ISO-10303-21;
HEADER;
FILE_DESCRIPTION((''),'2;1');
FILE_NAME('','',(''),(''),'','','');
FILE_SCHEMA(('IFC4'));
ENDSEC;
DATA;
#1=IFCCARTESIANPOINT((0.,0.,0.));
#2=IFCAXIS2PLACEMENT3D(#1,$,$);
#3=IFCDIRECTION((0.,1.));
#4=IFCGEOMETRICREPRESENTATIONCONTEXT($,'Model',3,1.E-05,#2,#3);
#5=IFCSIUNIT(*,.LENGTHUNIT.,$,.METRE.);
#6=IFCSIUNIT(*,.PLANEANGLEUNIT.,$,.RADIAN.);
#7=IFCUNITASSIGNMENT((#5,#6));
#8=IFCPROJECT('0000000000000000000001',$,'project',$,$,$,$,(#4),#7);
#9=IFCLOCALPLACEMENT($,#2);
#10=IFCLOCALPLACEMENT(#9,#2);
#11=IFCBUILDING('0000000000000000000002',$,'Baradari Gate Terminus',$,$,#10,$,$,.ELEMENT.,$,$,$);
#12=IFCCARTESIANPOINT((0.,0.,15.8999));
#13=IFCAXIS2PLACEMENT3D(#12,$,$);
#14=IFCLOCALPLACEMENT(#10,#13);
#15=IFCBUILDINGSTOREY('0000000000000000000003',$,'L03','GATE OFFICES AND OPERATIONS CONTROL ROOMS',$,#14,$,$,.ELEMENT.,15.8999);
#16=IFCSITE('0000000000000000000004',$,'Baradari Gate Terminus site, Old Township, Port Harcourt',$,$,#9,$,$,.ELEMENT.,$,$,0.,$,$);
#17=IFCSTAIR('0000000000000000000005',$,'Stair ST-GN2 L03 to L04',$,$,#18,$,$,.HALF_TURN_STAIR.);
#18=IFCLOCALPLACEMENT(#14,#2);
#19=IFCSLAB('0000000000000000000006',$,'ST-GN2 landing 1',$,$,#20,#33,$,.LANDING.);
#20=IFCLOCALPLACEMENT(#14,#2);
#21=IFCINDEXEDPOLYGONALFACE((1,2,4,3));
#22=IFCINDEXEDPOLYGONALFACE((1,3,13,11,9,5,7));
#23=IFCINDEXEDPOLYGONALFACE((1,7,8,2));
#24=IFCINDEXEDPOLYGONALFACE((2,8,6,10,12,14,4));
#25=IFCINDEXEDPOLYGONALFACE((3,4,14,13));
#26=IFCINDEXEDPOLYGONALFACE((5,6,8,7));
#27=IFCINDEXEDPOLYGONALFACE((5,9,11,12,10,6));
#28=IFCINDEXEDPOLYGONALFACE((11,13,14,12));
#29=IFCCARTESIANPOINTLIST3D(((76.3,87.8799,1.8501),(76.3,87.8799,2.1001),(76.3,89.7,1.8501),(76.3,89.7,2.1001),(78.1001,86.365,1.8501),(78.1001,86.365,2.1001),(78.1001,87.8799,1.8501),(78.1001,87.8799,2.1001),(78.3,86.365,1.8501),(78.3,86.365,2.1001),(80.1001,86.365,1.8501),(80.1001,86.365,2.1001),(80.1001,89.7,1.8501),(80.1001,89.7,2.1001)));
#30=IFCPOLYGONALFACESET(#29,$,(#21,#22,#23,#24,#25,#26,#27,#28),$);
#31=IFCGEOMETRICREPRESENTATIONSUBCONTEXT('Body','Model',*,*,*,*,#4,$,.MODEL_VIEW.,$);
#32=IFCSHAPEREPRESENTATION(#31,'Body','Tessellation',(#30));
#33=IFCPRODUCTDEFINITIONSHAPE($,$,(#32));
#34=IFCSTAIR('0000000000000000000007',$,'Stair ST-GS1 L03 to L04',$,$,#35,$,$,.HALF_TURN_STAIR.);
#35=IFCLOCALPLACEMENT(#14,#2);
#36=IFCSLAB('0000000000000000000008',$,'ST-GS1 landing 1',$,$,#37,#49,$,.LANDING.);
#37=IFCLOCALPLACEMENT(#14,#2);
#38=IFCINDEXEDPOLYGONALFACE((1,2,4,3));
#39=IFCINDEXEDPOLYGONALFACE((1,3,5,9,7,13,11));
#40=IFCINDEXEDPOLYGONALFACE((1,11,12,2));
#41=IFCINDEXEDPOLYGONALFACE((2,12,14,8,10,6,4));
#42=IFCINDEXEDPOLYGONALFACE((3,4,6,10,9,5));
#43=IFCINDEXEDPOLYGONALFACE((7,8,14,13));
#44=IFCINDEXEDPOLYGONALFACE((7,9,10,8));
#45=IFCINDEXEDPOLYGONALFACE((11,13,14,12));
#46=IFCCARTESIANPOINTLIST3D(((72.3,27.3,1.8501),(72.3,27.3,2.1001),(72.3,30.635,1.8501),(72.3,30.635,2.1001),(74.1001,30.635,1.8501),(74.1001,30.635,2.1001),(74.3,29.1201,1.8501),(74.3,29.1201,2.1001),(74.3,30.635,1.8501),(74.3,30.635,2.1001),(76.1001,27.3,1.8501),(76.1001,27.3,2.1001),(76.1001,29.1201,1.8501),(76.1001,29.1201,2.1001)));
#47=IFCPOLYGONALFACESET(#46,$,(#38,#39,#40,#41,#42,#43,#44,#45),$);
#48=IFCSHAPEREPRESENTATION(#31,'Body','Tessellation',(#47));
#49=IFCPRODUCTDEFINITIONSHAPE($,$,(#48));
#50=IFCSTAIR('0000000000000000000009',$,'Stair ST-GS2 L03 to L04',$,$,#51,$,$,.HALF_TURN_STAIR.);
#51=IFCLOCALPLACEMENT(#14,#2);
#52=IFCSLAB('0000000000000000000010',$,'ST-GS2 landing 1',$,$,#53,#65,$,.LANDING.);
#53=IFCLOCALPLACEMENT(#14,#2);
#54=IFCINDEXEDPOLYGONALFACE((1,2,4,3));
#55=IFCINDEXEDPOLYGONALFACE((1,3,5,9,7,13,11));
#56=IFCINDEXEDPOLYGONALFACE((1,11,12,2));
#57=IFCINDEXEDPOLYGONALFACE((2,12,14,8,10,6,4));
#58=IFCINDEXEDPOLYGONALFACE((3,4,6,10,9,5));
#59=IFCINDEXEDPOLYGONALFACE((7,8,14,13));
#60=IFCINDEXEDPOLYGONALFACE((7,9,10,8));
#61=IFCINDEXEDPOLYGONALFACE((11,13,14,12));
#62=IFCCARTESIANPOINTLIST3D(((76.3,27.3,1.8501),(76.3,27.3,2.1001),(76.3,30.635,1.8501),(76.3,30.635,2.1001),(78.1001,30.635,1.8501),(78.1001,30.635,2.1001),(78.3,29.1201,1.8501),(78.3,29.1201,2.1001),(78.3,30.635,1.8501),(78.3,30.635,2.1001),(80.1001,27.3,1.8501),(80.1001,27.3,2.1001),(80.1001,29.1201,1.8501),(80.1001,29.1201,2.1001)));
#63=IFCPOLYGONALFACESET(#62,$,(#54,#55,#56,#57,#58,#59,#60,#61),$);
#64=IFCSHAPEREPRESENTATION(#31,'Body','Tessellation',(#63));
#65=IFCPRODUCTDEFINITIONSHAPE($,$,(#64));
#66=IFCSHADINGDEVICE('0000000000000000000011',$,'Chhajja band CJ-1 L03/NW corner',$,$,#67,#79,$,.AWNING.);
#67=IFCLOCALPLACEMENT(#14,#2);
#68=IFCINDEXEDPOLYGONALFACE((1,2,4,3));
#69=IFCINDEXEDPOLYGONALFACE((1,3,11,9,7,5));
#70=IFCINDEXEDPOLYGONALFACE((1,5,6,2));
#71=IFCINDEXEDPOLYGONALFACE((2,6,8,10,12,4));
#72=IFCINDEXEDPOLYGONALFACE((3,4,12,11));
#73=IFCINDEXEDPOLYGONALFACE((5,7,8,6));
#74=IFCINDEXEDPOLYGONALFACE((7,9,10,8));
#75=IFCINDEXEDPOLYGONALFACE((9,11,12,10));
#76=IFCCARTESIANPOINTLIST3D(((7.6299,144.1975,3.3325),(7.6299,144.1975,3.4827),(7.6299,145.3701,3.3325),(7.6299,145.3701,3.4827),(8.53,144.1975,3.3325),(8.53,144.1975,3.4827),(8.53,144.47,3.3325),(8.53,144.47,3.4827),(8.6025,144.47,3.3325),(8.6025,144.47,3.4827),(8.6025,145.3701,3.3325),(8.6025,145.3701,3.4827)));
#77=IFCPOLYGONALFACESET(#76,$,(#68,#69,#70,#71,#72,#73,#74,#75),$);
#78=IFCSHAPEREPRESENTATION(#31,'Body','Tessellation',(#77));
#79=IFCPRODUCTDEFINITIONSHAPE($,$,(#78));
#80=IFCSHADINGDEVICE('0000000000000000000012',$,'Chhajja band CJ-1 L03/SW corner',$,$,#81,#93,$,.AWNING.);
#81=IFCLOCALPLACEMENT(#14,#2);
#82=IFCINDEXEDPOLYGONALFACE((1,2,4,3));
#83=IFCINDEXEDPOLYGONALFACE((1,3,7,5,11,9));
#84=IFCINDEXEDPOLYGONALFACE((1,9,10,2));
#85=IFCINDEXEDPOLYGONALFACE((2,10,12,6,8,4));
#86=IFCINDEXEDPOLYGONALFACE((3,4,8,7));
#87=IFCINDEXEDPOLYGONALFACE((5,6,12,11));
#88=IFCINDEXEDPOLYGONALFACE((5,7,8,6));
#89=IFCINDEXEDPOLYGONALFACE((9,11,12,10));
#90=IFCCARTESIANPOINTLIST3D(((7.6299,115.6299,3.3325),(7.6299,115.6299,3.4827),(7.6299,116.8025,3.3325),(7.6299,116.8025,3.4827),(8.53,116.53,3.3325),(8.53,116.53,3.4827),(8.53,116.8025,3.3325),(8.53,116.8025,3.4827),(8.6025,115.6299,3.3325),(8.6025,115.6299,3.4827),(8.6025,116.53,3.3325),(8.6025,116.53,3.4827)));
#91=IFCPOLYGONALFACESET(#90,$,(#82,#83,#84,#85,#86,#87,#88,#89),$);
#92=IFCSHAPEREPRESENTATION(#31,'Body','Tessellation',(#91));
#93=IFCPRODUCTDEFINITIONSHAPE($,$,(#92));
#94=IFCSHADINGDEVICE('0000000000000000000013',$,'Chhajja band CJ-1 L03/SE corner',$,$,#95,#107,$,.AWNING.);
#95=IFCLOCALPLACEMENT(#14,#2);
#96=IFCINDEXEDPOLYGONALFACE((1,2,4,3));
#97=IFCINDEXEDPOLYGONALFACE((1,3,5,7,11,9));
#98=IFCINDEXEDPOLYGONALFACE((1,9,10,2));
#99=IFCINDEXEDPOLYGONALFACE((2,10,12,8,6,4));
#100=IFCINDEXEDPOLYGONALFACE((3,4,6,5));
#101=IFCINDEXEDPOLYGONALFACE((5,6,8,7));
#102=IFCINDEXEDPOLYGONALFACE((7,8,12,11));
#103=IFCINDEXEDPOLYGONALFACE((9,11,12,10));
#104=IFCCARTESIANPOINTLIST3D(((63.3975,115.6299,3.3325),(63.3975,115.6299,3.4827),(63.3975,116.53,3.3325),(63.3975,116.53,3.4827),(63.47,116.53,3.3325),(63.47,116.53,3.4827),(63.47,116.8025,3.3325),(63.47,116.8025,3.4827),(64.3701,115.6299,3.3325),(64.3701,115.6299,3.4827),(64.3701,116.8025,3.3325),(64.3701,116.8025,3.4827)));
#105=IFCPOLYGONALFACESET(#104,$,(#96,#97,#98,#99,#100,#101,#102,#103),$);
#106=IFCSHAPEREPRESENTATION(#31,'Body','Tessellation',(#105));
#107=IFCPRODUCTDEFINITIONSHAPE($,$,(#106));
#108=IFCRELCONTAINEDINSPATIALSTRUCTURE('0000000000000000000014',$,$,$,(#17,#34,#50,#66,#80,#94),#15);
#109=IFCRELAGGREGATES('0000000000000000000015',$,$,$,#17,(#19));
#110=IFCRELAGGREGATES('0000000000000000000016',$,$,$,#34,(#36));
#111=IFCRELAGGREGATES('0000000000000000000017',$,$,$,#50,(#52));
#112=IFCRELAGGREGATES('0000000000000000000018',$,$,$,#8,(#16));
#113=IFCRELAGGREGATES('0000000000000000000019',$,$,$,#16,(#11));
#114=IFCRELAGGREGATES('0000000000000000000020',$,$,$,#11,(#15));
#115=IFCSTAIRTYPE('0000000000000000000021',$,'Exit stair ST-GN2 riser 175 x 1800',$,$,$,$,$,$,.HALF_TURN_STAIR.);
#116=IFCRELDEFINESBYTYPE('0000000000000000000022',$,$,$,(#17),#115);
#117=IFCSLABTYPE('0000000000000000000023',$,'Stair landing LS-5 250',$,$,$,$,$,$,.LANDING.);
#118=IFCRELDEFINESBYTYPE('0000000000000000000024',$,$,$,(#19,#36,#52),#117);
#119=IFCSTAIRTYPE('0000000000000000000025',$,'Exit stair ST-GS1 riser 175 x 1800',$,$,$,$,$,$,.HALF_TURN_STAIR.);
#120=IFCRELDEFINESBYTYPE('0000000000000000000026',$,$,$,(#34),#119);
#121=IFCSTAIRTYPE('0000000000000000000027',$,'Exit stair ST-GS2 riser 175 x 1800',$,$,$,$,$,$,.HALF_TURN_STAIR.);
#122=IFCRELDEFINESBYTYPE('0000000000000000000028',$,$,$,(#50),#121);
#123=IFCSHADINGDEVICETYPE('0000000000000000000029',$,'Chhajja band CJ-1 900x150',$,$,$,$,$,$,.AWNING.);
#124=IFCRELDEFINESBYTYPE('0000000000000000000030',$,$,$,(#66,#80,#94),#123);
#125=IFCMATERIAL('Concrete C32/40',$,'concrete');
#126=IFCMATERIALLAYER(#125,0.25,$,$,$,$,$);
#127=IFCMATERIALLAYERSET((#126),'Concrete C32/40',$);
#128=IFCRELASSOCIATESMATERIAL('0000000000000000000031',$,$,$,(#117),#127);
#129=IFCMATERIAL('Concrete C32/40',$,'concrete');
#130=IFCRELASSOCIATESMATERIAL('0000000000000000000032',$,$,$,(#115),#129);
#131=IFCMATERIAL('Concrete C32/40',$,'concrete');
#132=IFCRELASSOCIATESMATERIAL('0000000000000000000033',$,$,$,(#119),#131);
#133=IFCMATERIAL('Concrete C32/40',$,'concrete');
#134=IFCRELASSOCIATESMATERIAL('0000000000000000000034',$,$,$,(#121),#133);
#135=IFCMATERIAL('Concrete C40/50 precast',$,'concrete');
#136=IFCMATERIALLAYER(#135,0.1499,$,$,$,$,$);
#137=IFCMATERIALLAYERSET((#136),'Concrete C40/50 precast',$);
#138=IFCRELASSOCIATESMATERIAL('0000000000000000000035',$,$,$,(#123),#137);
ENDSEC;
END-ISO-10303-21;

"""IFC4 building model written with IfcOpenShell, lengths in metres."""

from ifc_helpers import new_model, si_unit, direction, frame, origin, place, context, subcontext, project, spatial, polyline, outline, extrude, material, layer, layer_set, type_object, element, aggregate, save


model = new_model("IFC4")

# Units and contexts
model_context = context("Model", 3, precision=1e-05, world=origin(), true_north=direction((0.0, 1.0)))
body_context = subcontext(model_context, "Body", "Model", "MODEL_VIEW")
ifc_project = project(units=[si_unit("LENGTHUNIT", "METRE"), si_unit("PLANEANGLEUNIT", "RADIAN")], contexts=[model_context])

# Site, building, storey
site_placement = place(None, origin())
site = spatial("IfcSite", under=ifc_project, at=site_placement, Name="Baradari Gate Terminus site, Old Township, Port Harcourt", CompositionType="ELEMENT", RefElevation=0.0)
building_placement = place(site_placement, origin())
building = spatial("IfcBuilding", under=site, at=building_placement, Name="Baradari Gate Terminus", CompositionType="ELEMENT")
storey_placement = place(building_placement, frame((0.0, 0.0, 15.8999)))
storey = spatial("IfcBuildingStorey", under=building, at=storey_placement, Name="L03", Description="GATE OFFICES AND OPERATIONS CONTROL ROOMS", CompositionType="ELEMENT", Elevation=15.8999)

# Stairs, slabs
ifc_material_1 = material(Name="Concrete C32/40", Category="concrete")
ifc_layer_1 = layer(ifc_material_1, 0.25)
ifc_layer_set_1 = layer_set([ifc_layer_1], Name="Concrete C32/40")
slab_type_1 = type_object("IfcSlabType", Name="Stair landing LS-5 250", PredefinedType="LANDING", material=ifc_layer_set_1)
ifc_material_2 = material(Name="Concrete C32/40", Category="concrete")
stair_type_1 = type_object("IfcStairType", Name="Exit stair ST-GN2 riser 175 x 1800", PredefinedType="HALF_TURN_STAIR", material=ifc_material_2)
stair_1_placement = place(storey_placement, origin())
stair_1 = element("IfcStair", 1, at=stair_1_placement, inside=storey, type_object=stair_type_1, Name="Stair ST-GN2 L03 to L04", PredefinedType="HALF_TURN_STAIR")
slab_1_placement = place(storey_placement, frame((0.0, 0.0, 1.8501)))
slab_1 = element("IfcSlab", 2, at=slab_1_placement, type_object=slab_type_1, Name="ST-GN2 landing 1", PredefinedType="LANDING", context=body_context, shape_type="SweptSolid", body=[
    extrude(outline(polyline([(76.3, 89.7), (76.3, 87.8799), (78.1001, 87.8799), (78.1001, 86.365), (78.3, 86.365), (80.1001, 86.365), (80.1001, 89.7), (76.3, 89.7)])), origin(), (0.0, 0.0, 1.0), 0.25),
])
aggregate(stair_1, [slab_1])
ifc_material_3 = material(Name="Concrete C32/40", Category="concrete")
stair_type_2 = type_object("IfcStairType", Name="Exit stair ST-GS1 riser 175 x 1800", PredefinedType="HALF_TURN_STAIR", material=ifc_material_3)
stair_2_placement = place(storey_placement, origin())
stair_2 = element("IfcStair", 3, at=stair_2_placement, inside=storey, type_object=stair_type_2, Name="Stair ST-GS1 L03 to L04", PredefinedType="HALF_TURN_STAIR")
slab_2_placement = place(storey_placement, frame((0.0, 0.0, 1.8501)))
slab_2 = element("IfcSlab", 4, at=slab_2_placement, type_object=slab_type_1, Name="ST-GS1 landing 1", PredefinedType="LANDING", context=body_context, shape_type="SweptSolid", body=[
    extrude(outline(polyline([(76.1001, 27.3), (76.1001, 29.1201), (74.3, 29.1201), (74.3, 30.635), (74.1001, 30.635), (72.3, 30.635), (72.3, 27.3), (76.1001, 27.3)])), origin(), (0.0, 0.0, 1.0), 0.25),
])
aggregate(stair_2, [slab_2])
ifc_material_4 = material(Name="Concrete C32/40", Category="concrete")
stair_type_3 = type_object("IfcStairType", Name="Exit stair ST-GS2 riser 175 x 1800", PredefinedType="HALF_TURN_STAIR", material=ifc_material_4)
stair_3_placement = place(storey_placement, origin())
stair_3 = element("IfcStair", 5, at=stair_3_placement, inside=storey, type_object=stair_type_3, Name="Stair ST-GS2 L03 to L04", PredefinedType="HALF_TURN_STAIR")
slab_3_placement = place(storey_placement, frame((0.0, 0.0, 1.8501)))
slab_3 = element("IfcSlab", 6, at=slab_3_placement, type_object=slab_type_1, Name="ST-GS2 landing 1", PredefinedType="LANDING", context=body_context, shape_type="SweptSolid", body=[
    extrude(outline(polyline([(80.1001, 27.3), (80.1001, 29.1201), (78.3, 29.1201), (78.3, 30.635), (78.1001, 30.635), (76.3, 30.635), (76.3, 27.3), (80.1001, 27.3)])), origin(), (0.0, 0.0, 1.0), 0.25),
])
aggregate(stair_3, [slab_3])

# Shading devices
ifc_material_5 = material(Name="Concrete C40/50 precast", Category="concrete")
ifc_layer_2 = layer(ifc_material_5, 0.1499)
ifc_layer_set_2 = layer_set([ifc_layer_2], Name="Concrete C40/50 precast")
shading_device_type = type_object("IfcShadingDeviceType", Name="Chhajja band CJ-1 900x150", PredefinedType="AWNING", material=ifc_layer_set_2)
shading_device_1_placement = place(storey_placement, frame((0.0, 0.0, 3.3325)))
element("IfcShadingDevice", 7, at=shading_device_1_placement, inside=storey, type_object=shading_device_type, Name="Chhajja band CJ-1 L03/NW corner", PredefinedType="AWNING", context=body_context, shape_type="SweptSolid", body=[
    extrude(outline(polyline([(7.6299, 144.1975), (8.53, 144.1975), (8.53, 144.47), (8.6025, 144.47), (8.6025, 145.3701), (7.6299, 145.3701), (7.6299, 144.1975)])), origin(), (0.0, 0.0, 1.0), 0.1501),
])
shading_device_2_placement = place(storey_placement, frame((0.0, 0.0, 3.3325)))
element("IfcShadingDevice", 8, at=shading_device_2_placement, inside=storey, type_object=shading_device_type, Name="Chhajja band CJ-1 L03/SW corner", PredefinedType="AWNING", context=body_context, shape_type="SweptSolid", body=[
    extrude(outline(polyline([(7.6299, 116.8025), (8.53, 116.8025), (8.53, 116.53), (8.6025, 116.53), (8.6025, 115.6299), (7.6299, 115.6299), (7.6299, 116.8025)])), origin(), (0.0, 0.0, 1.0), 0.1501),
])
shading_device_3_placement = place(storey_placement, frame((0.0, 0.0, 3.3325)))
element("IfcShadingDevice", 9, at=shading_device_3_placement, inside=storey, type_object=shading_device_type, Name="Chhajja band CJ-1 L03/SE corner", PredefinedType="AWNING", context=body_context, shape_type="SweptSolid", body=[
    extrude(outline(polyline([(64.3701, 116.8025), (63.47, 116.8025), (63.47, 116.53), (63.3975, 116.53), (63.3975, 115.6299), (64.3701, 115.6299), (64.3701, 116.8025)])), origin(), (0.0, 0.0, 1.0), 0.1501),
])

save(model, "model.ifc")
